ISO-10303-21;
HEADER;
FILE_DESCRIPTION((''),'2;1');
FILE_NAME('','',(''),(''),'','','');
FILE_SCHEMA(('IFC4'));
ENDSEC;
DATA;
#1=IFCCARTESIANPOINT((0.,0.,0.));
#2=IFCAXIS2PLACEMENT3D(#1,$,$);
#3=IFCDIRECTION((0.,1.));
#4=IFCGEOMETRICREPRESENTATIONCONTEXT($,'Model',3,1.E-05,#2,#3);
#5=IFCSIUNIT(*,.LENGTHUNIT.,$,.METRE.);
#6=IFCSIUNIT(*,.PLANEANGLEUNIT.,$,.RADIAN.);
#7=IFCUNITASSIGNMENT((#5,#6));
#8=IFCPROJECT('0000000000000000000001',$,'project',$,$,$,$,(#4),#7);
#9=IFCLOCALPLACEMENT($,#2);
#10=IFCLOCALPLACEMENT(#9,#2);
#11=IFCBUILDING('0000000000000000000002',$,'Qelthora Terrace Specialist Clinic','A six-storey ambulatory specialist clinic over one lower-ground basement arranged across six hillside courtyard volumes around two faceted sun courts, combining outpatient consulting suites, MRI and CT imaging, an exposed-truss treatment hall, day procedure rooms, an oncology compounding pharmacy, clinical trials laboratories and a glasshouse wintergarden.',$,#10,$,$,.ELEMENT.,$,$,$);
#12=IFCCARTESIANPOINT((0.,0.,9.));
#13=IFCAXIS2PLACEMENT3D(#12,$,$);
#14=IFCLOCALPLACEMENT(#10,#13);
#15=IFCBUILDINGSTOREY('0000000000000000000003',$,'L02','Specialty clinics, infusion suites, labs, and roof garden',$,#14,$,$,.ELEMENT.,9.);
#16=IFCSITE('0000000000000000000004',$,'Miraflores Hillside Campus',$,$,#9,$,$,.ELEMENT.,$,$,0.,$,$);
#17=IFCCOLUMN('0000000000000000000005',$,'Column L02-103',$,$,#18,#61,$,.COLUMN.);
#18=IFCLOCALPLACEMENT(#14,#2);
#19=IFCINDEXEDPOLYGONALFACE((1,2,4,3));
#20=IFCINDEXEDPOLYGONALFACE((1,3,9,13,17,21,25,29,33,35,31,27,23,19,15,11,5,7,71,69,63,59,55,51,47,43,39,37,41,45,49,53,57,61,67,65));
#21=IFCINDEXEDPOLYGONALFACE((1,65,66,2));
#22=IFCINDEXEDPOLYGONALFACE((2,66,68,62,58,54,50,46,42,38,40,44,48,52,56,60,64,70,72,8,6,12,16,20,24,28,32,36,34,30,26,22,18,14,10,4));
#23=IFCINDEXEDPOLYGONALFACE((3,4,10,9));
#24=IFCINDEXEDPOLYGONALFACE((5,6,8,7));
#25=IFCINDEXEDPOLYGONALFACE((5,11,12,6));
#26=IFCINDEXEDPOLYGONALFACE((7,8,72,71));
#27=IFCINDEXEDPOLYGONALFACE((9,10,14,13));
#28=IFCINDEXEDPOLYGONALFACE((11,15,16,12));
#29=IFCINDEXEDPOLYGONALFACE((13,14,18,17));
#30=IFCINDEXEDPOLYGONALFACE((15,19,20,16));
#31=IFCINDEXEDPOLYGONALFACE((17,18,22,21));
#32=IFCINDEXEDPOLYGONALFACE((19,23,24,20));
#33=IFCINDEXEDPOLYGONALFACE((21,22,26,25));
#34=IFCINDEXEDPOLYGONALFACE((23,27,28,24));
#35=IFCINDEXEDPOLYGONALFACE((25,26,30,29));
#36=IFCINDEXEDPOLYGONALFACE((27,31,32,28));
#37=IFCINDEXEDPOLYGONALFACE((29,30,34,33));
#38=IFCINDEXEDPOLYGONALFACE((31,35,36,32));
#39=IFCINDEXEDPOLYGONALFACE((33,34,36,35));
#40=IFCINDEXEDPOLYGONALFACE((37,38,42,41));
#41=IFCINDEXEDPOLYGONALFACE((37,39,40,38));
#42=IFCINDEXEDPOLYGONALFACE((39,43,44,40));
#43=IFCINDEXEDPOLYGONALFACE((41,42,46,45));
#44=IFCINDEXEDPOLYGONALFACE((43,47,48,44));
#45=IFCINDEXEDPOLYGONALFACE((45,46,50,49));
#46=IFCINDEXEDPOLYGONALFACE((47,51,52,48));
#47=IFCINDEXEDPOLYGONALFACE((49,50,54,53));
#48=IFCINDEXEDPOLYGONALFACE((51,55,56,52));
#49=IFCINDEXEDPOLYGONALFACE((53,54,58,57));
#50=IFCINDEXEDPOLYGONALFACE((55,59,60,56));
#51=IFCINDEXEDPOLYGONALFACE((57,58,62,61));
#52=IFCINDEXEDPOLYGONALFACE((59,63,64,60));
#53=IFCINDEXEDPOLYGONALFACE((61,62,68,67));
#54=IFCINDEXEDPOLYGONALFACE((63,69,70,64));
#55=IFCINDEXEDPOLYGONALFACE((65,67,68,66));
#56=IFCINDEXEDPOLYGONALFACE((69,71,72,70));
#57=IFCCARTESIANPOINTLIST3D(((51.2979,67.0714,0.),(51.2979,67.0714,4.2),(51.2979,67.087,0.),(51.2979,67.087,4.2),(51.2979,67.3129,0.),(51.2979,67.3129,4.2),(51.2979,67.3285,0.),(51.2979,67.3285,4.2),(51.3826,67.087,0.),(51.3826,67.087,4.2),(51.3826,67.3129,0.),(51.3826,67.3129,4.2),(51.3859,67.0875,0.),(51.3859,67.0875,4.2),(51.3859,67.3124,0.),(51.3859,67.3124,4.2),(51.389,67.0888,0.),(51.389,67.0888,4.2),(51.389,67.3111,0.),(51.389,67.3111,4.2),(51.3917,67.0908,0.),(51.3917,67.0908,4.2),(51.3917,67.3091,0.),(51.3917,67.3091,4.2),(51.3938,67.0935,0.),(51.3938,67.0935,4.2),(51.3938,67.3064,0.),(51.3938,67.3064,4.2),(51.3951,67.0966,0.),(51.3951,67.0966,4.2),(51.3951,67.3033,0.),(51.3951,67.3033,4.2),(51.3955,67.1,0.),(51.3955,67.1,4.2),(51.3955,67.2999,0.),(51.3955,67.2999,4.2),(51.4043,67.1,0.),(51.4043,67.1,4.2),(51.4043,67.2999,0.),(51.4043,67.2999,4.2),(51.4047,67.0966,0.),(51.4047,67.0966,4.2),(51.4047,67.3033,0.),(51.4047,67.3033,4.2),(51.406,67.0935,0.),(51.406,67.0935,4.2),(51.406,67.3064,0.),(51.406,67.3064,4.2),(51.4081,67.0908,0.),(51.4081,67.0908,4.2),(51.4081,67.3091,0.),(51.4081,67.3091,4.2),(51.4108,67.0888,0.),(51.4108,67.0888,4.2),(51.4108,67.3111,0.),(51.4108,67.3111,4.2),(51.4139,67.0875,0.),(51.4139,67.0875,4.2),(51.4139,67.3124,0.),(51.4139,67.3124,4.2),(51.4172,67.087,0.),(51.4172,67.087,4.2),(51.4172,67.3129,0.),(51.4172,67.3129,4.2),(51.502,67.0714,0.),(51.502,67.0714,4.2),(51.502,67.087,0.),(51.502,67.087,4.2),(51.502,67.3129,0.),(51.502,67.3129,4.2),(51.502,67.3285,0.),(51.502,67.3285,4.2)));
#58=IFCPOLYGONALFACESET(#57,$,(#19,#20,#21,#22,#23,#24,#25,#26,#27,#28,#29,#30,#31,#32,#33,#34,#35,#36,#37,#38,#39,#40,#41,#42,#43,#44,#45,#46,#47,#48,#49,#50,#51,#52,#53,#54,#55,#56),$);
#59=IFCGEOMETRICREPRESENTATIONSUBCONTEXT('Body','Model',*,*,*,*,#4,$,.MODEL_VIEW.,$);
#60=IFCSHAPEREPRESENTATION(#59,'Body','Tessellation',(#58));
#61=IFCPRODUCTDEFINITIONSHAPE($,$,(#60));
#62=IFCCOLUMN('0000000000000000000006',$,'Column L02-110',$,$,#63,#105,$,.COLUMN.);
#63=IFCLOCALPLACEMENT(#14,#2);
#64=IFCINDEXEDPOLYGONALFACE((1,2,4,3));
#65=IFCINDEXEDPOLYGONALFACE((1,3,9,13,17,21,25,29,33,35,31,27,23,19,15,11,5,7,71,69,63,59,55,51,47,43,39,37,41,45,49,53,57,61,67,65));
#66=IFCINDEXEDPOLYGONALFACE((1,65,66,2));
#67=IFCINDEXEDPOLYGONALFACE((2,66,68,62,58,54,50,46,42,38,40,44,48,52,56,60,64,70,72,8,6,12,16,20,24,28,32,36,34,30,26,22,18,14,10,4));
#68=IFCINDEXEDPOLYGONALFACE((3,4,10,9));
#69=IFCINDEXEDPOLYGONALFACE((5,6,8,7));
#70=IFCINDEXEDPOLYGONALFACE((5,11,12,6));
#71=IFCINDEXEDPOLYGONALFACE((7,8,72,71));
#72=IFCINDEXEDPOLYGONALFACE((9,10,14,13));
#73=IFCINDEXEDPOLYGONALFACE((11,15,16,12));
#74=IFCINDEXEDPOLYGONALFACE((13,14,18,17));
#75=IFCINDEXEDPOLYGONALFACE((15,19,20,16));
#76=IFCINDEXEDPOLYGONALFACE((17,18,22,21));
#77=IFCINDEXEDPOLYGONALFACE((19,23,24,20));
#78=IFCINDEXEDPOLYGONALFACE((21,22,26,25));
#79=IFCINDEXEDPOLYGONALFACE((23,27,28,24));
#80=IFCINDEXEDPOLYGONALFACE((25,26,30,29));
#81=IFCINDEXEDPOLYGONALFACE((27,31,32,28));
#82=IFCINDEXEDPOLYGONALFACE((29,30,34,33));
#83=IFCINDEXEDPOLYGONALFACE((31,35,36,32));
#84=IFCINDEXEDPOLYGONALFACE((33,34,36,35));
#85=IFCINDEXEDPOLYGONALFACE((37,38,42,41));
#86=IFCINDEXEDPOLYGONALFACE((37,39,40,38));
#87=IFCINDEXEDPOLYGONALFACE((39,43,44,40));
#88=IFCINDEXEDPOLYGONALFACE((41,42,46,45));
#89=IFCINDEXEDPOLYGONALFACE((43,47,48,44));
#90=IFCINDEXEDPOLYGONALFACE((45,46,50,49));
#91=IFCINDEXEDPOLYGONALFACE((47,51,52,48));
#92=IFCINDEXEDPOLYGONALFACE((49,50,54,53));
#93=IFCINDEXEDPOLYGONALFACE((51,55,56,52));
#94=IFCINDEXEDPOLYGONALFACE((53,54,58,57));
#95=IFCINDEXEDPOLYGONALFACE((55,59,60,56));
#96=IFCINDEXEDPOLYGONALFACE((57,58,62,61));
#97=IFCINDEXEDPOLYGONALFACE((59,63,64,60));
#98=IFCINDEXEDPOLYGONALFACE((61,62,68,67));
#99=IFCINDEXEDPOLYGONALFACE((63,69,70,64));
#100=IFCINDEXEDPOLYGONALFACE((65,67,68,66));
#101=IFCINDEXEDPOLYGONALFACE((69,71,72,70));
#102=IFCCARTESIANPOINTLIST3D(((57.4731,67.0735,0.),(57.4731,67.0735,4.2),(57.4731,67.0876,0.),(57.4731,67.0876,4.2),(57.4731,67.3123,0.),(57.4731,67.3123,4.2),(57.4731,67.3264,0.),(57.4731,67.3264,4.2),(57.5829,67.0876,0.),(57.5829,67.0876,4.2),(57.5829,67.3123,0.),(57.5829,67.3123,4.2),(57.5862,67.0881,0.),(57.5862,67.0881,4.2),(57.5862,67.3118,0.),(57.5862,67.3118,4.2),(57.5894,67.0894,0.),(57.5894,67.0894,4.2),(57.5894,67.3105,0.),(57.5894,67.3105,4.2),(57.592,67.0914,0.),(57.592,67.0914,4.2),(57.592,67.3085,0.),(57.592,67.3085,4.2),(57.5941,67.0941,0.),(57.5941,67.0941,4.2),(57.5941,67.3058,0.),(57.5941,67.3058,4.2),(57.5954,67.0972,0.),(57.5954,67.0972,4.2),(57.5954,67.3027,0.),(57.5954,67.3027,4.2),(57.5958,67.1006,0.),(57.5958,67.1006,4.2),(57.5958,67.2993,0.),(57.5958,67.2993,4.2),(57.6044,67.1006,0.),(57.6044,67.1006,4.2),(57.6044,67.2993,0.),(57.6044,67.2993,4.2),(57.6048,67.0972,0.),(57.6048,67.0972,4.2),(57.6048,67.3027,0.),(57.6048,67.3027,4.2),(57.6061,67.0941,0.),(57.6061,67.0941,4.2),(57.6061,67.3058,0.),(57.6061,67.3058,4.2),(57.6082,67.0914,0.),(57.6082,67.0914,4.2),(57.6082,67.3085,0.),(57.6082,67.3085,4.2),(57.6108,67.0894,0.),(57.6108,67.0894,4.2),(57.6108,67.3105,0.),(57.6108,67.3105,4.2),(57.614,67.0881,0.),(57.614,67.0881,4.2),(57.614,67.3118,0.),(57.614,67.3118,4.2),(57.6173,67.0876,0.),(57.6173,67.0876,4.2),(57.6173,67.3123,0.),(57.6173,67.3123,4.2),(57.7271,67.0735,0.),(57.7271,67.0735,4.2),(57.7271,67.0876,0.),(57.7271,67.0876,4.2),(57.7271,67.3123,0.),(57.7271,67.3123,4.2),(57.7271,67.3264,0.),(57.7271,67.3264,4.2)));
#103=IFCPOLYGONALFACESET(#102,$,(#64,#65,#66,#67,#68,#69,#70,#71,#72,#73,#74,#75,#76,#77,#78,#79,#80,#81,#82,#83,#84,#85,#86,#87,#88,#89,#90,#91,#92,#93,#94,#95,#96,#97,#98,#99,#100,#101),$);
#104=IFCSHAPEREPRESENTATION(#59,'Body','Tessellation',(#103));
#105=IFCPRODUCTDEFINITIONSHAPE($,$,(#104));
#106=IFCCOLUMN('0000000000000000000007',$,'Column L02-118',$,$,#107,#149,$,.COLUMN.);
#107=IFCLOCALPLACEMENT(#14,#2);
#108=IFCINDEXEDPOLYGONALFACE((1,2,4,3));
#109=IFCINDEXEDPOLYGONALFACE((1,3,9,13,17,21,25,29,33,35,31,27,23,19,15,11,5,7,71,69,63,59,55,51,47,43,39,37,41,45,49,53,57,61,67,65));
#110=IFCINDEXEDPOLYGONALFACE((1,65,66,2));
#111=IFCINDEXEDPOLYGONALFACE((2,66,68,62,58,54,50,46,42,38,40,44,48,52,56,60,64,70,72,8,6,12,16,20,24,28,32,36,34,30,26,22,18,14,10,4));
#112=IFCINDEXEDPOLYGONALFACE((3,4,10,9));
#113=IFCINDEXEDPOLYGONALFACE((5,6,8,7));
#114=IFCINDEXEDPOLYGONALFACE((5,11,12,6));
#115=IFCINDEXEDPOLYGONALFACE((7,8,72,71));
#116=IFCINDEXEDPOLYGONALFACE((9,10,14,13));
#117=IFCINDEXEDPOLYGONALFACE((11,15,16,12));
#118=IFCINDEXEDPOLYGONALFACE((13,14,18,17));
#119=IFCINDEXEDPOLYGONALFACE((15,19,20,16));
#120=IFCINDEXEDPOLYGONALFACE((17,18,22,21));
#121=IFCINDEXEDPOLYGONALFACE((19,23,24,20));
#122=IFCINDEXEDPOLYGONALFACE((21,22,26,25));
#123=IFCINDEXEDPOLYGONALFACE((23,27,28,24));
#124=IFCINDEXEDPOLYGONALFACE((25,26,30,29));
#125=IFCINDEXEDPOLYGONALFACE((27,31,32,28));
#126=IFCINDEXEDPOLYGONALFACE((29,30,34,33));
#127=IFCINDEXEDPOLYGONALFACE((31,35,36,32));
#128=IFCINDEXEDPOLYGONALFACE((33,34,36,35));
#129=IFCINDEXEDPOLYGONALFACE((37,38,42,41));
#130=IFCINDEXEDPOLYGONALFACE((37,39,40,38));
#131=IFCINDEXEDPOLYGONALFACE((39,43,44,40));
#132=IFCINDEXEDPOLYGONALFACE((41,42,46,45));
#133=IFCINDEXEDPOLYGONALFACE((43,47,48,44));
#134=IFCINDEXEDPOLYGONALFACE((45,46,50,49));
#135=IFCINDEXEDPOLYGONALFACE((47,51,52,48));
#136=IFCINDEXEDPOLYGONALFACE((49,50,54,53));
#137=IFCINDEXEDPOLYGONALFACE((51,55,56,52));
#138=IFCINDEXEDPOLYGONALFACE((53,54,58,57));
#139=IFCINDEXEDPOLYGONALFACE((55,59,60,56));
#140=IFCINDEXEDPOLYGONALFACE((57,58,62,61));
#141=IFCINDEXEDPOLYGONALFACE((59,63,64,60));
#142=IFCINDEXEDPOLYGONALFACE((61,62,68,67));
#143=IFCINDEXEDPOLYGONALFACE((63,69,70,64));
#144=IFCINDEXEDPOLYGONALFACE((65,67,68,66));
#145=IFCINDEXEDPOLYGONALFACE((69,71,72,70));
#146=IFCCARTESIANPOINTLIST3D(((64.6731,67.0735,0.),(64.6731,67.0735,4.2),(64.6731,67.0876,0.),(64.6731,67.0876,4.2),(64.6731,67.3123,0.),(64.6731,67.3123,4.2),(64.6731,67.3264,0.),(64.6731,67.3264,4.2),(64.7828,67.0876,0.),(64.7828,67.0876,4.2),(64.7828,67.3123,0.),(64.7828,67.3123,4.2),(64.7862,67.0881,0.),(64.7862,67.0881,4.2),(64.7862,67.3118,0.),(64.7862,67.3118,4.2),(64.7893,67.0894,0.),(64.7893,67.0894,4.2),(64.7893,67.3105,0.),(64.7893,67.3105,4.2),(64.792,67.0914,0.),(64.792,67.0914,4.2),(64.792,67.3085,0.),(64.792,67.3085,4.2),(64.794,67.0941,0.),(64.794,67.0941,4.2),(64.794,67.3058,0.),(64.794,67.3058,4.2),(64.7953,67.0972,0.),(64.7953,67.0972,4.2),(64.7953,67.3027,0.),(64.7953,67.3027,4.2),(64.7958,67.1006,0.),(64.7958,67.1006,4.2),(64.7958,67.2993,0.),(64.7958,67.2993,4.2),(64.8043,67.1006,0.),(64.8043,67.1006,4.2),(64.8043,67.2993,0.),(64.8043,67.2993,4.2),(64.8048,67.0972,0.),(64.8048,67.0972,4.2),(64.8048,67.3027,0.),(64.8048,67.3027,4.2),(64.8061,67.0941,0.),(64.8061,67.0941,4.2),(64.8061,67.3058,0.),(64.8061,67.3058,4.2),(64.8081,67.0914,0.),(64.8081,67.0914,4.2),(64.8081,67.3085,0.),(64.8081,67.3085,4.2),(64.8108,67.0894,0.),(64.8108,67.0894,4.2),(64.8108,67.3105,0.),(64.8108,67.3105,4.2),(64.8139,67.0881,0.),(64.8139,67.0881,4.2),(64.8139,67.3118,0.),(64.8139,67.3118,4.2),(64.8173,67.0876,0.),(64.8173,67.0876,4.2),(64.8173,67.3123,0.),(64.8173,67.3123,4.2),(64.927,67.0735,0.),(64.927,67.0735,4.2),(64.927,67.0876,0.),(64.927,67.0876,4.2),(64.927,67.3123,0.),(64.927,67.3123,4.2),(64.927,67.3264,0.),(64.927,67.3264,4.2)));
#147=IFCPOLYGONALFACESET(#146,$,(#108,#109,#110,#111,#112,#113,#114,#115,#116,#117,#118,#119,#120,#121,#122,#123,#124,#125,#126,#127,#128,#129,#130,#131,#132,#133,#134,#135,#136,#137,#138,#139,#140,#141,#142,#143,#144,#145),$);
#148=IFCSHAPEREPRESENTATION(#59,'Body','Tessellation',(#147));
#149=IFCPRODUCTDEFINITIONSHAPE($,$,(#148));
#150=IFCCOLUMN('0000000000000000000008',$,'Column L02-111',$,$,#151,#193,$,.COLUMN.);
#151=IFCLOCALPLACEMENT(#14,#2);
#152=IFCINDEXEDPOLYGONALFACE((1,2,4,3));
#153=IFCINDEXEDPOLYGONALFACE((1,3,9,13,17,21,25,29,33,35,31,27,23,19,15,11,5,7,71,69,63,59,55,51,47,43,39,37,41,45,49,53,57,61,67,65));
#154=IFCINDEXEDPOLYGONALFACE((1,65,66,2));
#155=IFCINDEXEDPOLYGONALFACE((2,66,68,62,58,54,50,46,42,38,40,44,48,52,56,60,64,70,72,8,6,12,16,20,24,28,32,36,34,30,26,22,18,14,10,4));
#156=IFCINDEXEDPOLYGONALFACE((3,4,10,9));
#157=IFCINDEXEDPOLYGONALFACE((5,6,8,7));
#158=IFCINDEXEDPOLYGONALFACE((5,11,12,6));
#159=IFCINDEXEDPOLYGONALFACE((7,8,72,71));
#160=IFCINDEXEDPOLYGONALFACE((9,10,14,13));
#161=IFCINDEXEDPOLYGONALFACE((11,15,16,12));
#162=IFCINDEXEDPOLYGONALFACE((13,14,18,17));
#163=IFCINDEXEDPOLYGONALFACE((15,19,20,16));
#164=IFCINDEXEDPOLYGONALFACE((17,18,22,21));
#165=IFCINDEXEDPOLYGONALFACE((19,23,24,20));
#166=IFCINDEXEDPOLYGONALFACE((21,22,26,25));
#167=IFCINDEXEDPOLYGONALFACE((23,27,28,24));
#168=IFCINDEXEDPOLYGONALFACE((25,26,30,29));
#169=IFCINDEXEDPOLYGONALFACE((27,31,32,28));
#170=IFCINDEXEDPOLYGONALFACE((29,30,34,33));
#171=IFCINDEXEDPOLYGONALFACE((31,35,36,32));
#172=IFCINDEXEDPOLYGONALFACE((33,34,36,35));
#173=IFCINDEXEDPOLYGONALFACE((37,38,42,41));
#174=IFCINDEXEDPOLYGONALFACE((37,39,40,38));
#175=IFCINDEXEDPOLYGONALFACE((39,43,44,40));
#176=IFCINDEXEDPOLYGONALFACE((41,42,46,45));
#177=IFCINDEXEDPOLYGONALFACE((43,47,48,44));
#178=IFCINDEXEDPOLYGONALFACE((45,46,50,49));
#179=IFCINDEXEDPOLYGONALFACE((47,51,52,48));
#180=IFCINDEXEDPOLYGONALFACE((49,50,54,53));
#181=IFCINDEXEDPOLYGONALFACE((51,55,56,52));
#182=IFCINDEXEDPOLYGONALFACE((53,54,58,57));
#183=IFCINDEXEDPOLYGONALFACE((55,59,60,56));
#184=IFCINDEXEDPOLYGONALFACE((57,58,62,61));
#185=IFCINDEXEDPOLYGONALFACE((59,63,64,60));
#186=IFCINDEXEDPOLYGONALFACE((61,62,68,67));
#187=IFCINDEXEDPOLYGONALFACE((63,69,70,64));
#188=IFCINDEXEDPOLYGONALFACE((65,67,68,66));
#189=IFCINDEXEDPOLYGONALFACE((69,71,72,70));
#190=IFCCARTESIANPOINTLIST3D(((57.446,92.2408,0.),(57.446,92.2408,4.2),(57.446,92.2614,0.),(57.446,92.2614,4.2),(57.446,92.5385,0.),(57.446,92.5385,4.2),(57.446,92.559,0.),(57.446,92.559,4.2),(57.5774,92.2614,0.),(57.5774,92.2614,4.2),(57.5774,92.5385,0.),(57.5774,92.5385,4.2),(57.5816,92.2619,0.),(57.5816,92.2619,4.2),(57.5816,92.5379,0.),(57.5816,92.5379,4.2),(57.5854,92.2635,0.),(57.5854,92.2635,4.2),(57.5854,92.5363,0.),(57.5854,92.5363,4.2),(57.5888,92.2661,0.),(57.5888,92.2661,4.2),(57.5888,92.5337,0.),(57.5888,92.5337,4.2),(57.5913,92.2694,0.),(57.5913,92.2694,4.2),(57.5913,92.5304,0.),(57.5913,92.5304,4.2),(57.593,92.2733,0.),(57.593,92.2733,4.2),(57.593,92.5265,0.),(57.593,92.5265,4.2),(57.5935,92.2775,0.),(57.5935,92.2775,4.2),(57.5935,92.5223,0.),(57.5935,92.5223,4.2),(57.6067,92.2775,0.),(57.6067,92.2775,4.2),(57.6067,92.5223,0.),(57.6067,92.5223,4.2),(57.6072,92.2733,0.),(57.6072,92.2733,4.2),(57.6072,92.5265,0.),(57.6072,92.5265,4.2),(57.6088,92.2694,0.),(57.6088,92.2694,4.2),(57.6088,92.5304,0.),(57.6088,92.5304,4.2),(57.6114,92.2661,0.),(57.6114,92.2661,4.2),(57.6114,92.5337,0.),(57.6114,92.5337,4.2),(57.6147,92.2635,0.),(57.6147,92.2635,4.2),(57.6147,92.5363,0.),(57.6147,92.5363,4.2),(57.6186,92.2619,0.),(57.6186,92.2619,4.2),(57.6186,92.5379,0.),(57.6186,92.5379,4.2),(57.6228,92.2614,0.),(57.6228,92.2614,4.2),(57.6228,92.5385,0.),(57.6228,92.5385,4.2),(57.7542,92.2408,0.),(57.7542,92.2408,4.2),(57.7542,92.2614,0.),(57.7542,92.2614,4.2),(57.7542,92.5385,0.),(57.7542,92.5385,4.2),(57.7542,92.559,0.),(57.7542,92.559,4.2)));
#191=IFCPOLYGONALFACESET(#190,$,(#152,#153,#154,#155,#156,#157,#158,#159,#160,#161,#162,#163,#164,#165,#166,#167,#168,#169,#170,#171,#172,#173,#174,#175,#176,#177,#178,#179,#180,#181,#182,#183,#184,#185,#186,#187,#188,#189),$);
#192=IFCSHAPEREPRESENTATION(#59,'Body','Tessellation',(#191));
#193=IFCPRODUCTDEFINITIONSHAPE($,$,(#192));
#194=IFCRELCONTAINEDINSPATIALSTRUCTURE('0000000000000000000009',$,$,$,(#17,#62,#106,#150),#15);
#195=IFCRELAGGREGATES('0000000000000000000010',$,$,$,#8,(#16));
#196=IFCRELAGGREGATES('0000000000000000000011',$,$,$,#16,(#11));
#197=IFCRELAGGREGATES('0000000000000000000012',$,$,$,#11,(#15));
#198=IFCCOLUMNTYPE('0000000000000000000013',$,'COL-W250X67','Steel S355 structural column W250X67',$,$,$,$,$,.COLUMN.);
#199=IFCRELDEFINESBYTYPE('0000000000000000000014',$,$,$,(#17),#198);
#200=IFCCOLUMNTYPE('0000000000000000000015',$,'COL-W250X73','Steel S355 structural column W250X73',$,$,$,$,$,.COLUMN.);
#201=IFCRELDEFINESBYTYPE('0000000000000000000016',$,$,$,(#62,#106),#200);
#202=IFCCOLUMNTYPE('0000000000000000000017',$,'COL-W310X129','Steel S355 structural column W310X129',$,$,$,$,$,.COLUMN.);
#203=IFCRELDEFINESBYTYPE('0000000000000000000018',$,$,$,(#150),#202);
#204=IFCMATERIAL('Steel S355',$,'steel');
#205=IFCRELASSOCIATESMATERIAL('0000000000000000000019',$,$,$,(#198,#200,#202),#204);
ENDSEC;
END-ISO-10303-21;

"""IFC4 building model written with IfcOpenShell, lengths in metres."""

from ifc_helpers import new_model, si_unit, direction, frame, origin, origin_2d, place, context, subcontext, project, spatial, i_section, extrude, material, material_profile, profile_set, type_object, element, save


model = new_model("IFC4")

# Units and contexts
model_context = context("Model", 3, precision=1e-05, world=origin(), true_north=direction((0.0, 1.0)))
body_context = subcontext(model_context, "Body", "Model", "MODEL_VIEW")
ifc_project = project(units=[si_unit("LENGTHUNIT", "METRE"), si_unit("PLANEANGLEUNIT", "RADIAN")], contexts=[model_context])

# Site, building, storey
site_placement = place(None, origin())
site = spatial("IfcSite", under=ifc_project, at=site_placement, Name="Miraflores Hillside Campus", CompositionType="ELEMENT", RefElevation=0.0)
building_placement = place(site_placement, origin())
building = spatial("IfcBuilding", under=site, at=building_placement, Name="Qelthora Terrace Specialist Clinic", Description="A six-storey ambulatory specialist clinic over one lower-ground basement arranged across six hillside courtyard volumes around two faceted sun courts, combining outpatient consulting suites, MRI and CT imaging, an exposed-truss treatment hall, day procedure rooms, an oncology compounding pharmacy, clinical trials laboratories and a glasshouse wintergarden.", CompositionType="ELEMENT")
storey_placement = place(building_placement, frame((0.0, 0.0, 9.0)))
storey = spatial("IfcBuildingStorey", under=building, at=storey_placement, Name="L02", Description="Specialty clinics, infusion suites, labs, and roof garden", CompositionType="ELEMENT", Elevation=9.0)

# Columns
ifc_material_1 = material(Name="Steel S355", Category="steel")
ifc_material_profile_1 = material_profile(ifc_material_1, i_section(OverallWidth=0.2041, OverallDepth=0.2571, WebThickness=0.0088, FlangeThickness=0.0156, FilletRadius=0.0129, at=origin_2d()), Name="W250X67")
ifc_profile_set_1 = profile_set([ifc_material_profile_1], Name="Steel S355")
column_type_1 = type_object("IfcColumnType", Name="COL-W250X67", Description="Steel S355 structural column W250X67", PredefinedType="COLUMN", material=ifc_profile_set_1)
column_placement = place(storey_placement, frame((51.3999, 67.2, 0.0), z_axis=(0.0, 0.0, 1.0), x_axis=(1.0, 0.0, 0.0)))
element("IfcColumn", 1, at=column_placement, inside=storey, type_object=column_type_1, Name="Column L02-103", PredefinedType="COLUMN", context=body_context, shape_type="SweptSolid", body=[
    extrude(i_section(OverallWidth=0.2041, OverallDepth=0.2571, WebThickness=0.0088, FlangeThickness=0.0156, FilletRadius=0.0129, at=origin_2d()), origin(), (0.0, 0.0, 1.0), 4.2),
])
ifc_material_profile_2 = material_profile(ifc_material_1, i_section(OverallWidth=0.2539, OverallDepth=0.2529, WebThickness=0.0085, FlangeThickness=0.0142, FilletRadius=0.0129, at=origin_2d()), Name="W250X73")
ifc_profile_set_2 = profile_set([ifc_material_profile_2], Name="Steel S355")
column_type_2 = type_object("IfcColumnType", Name="COL-W250X73", Description="Steel S355 structural column W250X73", PredefinedType="COLUMN", material=ifc_profile_set_2)
for number, where, z_axis, x_axis, name in (
    (2, (57.6001, 67.2, 0.0), (0.0, 0.0, 1.0), (1.0, 0.0, 0.0), "Column L02-110"),
    (3, (64.8, 67.2, 0.0), (0.0, 0.0, 1.0), (1.0, 0.0, 0.0), "Column L02-118"),
):
    element("IfcColumn", number, at=place(storey_placement, frame(where, z_axis=z_axis, x_axis=x_axis)), inside=storey, type_object=column_type_2, Name=name, PredefinedType="COLUMN", context=body_context, shape_type="SweptSolid", body=[
        extrude(i_section(OverallWidth=0.2539, OverallDepth=0.2529, WebThickness=0.0085, FlangeThickness=0.0142, FilletRadius=0.0129, at=origin_2d()), origin(), (0.0, 0.0, 1.0), 4.2),
    ])
ifc_material_profile_3 = material_profile(ifc_material_1, i_section(OverallWidth=0.3081, OverallDepth=0.3181, WebThickness=0.0132, FlangeThickness=0.0205, FilletRadius=0.0161, at=origin_2d()), Name="W310X129")
ifc_profile_set_3 = profile_set([ifc_material_profile_3], Name="Steel S355")
column_type_3 = type_object("IfcColumnType", Name="COL-W310X129", Description="Steel S355 structural column W310X129", PredefinedType="COLUMN", material=ifc_profile_set_3)
for number, where, z_axis, x_axis, name in (
    (4, (57.6001, 92.3999, 0.0), (0.0, 0.0, 1.0), (1.0, 0.0, 0.0), "Column L02-111"),
):
    element("IfcColumn", number, at=place(storey_placement, frame(where, z_axis=z_axis, x_axis=x_axis)), inside=storey, type_object=column_type_3, Name=name, PredefinedType="COLUMN", context=body_context, shape_type="SweptSolid", body=[
        extrude(i_section(OverallWidth=0.3081, OverallDepth=0.3181, WebThickness=0.0132, FlangeThickness=0.0205, FilletRadius=0.0161, at=origin_2d()), origin(), (0.0, 0.0, 1.0), 4.2),
    ])

save(model, "model.ifc")
